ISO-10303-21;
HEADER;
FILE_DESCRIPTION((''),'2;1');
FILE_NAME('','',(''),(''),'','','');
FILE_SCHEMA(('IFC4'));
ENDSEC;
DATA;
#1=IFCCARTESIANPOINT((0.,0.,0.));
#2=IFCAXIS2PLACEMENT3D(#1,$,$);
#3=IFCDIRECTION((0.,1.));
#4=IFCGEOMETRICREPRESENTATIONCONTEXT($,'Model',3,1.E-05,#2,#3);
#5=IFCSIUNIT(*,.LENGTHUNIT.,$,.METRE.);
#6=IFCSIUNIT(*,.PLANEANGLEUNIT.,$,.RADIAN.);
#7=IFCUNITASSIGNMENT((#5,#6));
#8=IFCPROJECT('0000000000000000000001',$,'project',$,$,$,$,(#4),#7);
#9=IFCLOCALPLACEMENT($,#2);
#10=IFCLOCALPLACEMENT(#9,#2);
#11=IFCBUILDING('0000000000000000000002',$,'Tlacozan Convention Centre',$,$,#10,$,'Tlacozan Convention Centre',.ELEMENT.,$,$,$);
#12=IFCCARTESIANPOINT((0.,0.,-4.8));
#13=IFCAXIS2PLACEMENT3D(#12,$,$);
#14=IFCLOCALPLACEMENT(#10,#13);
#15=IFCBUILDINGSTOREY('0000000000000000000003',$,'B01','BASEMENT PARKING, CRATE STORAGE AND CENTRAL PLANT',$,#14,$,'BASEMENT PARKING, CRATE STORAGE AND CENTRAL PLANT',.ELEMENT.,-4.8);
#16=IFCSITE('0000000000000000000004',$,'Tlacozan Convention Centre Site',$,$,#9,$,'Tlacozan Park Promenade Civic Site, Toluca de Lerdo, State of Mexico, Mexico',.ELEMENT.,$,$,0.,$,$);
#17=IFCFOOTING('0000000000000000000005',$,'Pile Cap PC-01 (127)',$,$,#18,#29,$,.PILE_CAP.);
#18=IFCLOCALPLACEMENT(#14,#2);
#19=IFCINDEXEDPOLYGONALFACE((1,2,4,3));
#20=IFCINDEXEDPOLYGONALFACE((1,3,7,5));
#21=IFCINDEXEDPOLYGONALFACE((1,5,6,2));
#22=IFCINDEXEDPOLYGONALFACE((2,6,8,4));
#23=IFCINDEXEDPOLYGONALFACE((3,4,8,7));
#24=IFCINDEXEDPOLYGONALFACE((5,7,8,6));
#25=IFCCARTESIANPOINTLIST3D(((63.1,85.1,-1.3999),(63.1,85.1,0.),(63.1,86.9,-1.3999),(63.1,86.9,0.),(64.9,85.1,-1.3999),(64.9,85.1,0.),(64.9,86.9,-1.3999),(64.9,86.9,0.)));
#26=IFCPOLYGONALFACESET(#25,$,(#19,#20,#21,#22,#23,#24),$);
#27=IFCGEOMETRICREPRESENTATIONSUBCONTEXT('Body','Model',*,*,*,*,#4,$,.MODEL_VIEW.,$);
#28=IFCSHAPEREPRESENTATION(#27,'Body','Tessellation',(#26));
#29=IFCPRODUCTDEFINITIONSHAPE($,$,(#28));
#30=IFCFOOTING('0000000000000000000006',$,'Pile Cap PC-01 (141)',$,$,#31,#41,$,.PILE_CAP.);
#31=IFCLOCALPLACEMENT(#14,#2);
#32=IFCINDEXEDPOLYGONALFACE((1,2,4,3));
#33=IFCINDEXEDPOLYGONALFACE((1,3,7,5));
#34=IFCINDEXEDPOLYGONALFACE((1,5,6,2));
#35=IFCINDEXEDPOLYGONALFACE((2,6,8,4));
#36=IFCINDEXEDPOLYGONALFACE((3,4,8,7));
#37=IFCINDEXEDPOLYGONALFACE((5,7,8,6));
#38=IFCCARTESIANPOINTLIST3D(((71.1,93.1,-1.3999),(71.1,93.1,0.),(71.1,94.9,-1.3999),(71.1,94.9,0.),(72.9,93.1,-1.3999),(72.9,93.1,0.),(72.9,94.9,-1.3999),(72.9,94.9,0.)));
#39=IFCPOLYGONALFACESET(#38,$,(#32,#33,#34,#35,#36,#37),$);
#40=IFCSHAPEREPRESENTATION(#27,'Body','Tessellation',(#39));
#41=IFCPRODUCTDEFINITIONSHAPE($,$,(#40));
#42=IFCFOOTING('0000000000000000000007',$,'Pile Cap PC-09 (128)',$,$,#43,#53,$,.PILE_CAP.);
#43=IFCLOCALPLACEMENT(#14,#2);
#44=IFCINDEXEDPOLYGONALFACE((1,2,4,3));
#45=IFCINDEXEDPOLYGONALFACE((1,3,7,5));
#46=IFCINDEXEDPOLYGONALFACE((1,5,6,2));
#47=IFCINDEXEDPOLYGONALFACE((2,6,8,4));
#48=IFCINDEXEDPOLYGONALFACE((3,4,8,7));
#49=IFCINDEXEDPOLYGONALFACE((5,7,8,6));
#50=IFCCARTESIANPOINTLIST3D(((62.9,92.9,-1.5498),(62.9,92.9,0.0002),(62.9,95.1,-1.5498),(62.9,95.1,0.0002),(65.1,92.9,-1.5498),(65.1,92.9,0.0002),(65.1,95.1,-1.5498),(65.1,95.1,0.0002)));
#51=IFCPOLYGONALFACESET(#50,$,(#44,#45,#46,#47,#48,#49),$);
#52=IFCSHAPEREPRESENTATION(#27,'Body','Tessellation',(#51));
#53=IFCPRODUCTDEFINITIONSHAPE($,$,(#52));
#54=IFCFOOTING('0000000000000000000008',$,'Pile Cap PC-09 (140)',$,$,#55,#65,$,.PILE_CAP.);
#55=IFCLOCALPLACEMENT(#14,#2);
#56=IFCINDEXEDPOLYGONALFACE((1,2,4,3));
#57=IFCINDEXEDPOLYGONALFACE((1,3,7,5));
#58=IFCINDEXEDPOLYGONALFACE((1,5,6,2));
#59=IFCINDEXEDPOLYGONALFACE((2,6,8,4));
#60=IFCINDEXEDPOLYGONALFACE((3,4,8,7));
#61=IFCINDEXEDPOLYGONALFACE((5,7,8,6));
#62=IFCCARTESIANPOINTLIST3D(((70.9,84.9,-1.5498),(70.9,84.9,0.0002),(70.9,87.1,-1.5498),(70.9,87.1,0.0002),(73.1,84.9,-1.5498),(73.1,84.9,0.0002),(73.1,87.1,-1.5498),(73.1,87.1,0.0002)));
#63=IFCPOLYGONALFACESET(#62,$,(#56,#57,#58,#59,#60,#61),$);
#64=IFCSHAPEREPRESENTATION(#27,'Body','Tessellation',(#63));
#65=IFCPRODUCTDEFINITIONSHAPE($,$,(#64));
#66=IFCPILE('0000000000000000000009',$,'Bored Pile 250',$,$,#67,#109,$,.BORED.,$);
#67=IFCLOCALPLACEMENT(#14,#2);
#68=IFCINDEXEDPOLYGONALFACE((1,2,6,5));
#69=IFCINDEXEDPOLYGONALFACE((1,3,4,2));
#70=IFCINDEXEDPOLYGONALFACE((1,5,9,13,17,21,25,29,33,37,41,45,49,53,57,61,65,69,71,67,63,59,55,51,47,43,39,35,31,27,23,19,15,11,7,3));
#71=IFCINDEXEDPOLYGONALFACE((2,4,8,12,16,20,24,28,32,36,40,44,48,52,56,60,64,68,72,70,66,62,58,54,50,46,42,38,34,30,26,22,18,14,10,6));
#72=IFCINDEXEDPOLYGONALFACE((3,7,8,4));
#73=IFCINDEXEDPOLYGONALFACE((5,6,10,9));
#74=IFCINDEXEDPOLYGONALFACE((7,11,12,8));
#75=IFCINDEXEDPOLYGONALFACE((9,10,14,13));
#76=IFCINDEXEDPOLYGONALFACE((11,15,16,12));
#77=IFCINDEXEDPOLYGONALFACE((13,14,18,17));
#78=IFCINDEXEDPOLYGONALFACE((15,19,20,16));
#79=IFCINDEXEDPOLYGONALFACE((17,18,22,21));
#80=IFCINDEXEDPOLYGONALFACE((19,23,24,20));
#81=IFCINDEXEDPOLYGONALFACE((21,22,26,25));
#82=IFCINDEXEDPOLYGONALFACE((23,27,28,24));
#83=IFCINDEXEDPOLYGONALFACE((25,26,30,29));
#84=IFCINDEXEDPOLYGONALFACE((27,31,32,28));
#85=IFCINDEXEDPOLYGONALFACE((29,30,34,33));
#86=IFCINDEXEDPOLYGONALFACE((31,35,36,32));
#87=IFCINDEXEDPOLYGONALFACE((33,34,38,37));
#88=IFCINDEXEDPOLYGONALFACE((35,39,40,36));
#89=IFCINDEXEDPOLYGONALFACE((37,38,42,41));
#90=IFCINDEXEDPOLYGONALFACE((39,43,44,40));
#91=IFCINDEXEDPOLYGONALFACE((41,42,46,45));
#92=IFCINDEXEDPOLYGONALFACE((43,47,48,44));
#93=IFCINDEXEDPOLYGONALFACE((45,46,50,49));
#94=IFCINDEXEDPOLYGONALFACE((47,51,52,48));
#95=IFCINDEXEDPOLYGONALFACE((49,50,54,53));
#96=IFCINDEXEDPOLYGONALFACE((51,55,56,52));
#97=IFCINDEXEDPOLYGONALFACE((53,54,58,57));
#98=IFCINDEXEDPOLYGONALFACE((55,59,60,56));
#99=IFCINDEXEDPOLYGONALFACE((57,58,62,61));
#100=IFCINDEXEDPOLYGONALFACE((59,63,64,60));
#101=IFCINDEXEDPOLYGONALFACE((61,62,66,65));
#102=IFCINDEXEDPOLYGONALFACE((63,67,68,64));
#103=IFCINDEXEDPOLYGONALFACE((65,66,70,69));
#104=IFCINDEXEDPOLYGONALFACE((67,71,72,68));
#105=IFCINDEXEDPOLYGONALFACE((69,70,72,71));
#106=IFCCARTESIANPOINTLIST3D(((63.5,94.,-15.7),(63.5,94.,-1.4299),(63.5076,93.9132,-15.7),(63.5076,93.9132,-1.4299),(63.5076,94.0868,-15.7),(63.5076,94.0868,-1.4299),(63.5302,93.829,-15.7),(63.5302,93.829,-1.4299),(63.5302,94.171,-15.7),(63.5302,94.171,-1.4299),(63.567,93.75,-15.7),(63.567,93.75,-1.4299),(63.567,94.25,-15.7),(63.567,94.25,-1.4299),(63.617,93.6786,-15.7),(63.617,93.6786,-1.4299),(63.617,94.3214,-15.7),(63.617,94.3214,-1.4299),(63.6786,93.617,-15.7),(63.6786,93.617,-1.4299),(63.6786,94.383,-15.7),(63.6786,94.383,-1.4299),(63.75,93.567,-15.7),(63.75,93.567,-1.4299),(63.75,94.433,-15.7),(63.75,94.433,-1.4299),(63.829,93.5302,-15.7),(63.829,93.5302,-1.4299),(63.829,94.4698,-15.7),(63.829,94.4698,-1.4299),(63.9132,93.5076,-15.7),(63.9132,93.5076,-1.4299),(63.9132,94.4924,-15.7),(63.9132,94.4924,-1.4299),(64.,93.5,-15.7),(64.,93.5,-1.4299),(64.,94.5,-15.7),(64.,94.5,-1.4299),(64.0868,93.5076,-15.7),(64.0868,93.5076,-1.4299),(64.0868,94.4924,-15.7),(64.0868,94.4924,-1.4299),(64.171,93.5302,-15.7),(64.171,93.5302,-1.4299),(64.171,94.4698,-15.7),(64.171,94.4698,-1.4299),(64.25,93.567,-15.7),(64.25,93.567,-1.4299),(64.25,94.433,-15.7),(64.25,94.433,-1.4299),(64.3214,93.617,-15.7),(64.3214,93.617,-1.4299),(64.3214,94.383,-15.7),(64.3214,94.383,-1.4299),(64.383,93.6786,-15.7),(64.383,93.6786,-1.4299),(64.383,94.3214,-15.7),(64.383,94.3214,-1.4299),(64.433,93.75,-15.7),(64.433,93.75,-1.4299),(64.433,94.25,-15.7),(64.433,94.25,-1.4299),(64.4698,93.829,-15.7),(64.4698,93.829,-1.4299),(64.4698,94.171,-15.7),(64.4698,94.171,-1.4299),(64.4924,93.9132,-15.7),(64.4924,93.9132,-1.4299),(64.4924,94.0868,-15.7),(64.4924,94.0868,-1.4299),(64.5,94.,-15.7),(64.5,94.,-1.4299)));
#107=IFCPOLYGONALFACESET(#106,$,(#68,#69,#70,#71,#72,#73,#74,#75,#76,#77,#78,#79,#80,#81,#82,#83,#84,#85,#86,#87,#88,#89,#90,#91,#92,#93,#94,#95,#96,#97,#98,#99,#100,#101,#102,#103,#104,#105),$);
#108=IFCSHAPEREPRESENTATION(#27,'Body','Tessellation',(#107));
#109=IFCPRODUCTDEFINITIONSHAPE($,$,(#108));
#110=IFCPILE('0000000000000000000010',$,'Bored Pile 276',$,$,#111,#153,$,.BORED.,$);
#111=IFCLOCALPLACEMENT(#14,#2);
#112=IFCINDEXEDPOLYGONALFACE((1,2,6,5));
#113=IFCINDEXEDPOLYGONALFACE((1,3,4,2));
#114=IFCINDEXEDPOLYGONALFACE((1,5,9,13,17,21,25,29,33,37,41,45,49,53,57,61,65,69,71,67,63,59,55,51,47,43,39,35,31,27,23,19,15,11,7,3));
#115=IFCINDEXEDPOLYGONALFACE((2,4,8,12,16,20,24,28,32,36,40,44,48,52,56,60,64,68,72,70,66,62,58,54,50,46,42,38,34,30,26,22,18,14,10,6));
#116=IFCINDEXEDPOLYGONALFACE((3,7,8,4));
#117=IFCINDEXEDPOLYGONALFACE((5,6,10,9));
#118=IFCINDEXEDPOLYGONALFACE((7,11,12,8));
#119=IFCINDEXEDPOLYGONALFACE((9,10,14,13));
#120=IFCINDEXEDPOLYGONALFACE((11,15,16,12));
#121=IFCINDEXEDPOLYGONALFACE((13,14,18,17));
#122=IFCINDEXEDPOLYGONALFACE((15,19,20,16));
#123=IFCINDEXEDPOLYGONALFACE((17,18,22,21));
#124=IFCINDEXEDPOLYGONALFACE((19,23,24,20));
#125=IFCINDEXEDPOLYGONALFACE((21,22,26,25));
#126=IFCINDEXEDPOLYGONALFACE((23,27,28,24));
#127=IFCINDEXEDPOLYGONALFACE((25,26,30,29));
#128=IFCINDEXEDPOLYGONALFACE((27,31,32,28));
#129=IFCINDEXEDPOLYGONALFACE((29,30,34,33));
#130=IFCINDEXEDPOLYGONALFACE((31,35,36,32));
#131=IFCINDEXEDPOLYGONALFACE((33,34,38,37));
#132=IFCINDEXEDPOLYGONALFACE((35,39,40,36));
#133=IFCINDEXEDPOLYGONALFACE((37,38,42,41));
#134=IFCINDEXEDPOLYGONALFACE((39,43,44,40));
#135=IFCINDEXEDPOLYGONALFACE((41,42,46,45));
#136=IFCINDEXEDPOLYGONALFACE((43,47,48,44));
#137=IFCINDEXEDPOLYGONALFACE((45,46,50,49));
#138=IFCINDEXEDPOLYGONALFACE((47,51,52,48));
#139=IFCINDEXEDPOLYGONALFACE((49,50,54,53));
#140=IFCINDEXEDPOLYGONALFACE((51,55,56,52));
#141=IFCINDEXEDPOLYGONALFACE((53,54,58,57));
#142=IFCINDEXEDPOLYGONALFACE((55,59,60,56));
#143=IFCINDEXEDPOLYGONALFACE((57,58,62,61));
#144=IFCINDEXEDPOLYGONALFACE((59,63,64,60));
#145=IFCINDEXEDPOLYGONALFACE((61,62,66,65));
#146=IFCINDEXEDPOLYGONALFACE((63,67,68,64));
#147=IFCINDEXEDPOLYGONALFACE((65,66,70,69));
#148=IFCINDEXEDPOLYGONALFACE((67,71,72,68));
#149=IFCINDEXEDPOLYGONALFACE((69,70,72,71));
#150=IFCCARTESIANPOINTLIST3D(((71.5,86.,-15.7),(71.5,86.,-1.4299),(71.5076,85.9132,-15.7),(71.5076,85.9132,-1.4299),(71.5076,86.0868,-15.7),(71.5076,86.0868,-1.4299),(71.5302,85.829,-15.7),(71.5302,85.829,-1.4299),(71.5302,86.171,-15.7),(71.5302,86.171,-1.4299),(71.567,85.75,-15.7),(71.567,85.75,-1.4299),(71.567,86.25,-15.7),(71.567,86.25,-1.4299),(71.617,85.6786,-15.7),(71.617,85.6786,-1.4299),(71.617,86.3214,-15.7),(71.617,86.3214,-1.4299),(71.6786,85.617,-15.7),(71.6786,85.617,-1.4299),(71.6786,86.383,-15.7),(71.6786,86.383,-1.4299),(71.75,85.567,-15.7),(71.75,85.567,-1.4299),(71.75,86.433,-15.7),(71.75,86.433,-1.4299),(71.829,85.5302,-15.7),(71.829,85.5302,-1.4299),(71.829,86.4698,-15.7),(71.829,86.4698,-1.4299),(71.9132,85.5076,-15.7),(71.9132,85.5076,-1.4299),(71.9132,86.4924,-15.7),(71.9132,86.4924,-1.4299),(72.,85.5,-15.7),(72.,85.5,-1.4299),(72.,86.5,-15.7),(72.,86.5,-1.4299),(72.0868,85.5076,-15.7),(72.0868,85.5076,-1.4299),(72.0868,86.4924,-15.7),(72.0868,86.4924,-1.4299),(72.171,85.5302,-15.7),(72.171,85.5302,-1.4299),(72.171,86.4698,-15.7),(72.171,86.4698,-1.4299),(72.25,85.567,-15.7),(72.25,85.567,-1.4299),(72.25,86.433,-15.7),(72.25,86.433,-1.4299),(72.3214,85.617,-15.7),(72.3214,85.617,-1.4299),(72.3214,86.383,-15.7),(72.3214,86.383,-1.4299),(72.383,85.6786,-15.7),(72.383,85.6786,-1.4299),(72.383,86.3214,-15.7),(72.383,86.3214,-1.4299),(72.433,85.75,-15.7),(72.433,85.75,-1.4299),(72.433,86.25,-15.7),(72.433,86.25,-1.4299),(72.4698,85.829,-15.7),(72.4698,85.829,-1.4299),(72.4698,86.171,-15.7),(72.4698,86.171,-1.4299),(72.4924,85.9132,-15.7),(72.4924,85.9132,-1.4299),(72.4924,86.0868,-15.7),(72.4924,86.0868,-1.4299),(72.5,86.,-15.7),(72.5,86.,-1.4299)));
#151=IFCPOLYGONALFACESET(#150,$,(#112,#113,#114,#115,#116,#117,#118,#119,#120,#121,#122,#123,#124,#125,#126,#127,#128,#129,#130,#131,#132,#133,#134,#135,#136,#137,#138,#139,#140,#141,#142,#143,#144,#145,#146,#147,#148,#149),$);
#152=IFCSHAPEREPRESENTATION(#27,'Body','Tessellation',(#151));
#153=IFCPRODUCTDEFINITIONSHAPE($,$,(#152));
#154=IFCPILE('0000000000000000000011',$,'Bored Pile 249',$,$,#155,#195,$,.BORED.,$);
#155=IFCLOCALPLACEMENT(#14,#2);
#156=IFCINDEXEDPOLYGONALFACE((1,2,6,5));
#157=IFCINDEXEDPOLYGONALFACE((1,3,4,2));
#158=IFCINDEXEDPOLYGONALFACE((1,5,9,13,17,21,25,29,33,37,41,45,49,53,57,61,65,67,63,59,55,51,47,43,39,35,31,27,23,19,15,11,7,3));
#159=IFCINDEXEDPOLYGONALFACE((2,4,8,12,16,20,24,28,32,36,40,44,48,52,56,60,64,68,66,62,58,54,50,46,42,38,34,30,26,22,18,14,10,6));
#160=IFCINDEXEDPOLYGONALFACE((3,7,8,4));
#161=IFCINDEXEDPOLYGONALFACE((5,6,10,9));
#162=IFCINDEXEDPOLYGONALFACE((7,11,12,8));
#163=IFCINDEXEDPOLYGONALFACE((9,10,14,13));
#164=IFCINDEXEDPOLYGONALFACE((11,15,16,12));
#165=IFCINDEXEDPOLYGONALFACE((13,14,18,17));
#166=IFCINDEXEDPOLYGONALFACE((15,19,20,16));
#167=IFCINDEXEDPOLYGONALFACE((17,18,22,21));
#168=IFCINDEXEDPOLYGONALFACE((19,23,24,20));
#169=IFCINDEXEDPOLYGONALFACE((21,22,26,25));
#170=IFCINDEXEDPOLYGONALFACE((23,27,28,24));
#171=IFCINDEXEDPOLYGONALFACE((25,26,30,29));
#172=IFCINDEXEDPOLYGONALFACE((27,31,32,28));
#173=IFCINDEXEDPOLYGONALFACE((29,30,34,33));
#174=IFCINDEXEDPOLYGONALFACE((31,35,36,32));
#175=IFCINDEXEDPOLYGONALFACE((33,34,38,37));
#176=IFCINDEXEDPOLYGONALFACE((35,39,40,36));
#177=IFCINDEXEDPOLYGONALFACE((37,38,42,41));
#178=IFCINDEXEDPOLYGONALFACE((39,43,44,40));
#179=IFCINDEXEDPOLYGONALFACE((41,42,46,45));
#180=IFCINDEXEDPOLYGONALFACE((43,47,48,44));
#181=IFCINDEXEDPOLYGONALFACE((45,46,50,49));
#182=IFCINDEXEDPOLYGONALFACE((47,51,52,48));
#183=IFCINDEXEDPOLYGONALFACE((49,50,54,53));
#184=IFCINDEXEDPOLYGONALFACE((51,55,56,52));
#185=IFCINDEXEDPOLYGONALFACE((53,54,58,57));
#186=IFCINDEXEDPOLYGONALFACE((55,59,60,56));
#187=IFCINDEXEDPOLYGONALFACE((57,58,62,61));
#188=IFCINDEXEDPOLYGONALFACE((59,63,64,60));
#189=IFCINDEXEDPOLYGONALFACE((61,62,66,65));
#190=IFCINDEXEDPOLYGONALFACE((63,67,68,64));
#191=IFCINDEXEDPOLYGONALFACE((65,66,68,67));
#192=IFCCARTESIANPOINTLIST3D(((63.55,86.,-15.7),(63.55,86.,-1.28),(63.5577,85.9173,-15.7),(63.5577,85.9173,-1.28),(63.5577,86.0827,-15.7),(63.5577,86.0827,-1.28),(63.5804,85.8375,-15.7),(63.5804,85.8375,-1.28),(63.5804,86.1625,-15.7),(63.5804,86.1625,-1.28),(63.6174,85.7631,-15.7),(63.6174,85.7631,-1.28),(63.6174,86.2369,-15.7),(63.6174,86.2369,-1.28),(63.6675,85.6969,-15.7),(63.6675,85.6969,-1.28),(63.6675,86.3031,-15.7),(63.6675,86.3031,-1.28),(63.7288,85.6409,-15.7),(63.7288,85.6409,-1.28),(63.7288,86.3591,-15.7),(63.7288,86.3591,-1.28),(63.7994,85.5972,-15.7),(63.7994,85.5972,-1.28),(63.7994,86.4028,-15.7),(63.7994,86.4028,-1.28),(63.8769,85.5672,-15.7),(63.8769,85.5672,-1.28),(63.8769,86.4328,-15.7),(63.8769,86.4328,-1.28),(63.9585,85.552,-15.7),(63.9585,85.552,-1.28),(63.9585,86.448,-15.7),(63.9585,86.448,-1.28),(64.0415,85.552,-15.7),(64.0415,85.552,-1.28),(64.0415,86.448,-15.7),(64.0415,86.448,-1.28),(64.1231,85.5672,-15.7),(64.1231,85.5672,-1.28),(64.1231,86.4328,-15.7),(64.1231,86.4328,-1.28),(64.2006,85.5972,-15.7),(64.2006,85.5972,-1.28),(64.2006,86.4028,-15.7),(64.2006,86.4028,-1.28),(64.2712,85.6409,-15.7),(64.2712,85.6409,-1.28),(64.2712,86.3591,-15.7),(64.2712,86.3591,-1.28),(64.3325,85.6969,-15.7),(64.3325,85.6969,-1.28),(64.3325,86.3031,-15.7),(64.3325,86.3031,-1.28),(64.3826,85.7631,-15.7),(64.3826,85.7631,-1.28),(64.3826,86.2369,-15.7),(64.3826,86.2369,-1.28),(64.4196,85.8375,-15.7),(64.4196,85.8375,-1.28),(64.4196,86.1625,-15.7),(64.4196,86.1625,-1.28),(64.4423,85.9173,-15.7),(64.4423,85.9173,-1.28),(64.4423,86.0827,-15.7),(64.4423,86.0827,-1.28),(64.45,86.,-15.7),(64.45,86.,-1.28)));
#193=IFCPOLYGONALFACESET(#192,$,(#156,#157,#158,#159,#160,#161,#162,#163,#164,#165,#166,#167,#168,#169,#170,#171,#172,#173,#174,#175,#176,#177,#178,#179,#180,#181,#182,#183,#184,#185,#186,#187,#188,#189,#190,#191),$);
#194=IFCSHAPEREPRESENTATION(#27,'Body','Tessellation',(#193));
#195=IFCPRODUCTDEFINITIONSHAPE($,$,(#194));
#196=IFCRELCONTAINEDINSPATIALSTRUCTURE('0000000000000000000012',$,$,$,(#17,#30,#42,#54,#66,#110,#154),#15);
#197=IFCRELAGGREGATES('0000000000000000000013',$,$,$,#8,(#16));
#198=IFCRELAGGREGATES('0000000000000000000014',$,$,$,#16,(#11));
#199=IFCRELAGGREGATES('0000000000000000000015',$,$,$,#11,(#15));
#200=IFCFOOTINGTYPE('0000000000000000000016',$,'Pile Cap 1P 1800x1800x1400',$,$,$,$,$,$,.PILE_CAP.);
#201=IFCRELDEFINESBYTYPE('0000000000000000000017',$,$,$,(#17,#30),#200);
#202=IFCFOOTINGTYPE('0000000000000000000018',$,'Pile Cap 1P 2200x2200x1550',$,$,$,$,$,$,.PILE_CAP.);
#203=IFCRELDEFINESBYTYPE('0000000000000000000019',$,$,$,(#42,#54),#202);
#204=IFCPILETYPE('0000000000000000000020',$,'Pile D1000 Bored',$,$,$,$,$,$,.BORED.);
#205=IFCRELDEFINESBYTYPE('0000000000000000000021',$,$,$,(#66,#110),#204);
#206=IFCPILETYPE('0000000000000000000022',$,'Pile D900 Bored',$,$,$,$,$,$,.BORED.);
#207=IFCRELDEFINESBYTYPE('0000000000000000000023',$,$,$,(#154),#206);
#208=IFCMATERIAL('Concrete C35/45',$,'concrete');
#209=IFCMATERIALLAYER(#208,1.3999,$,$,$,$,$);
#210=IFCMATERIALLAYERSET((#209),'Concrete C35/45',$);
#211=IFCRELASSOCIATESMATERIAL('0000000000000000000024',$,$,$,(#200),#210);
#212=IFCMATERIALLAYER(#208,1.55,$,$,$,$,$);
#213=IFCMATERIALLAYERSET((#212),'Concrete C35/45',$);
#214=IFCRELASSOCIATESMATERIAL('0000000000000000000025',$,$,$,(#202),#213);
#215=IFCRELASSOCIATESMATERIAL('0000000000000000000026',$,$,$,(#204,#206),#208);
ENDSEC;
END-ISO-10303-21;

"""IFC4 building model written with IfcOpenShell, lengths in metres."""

from ifc_helpers import new_model, si_unit, direction, frame, origin, origin_2d, place, context, subcontext, project, spatial, rectangle, circle, extrude, material, layer, layer_set, material_profile, profile_set, type_object, element, save


model = new_model("IFC4")

# Units and contexts
model_context = context("Model", 3, precision=1e-05, world=origin(), true_north=direction((0.0, 1.0)))
body_context = subcontext(model_context, "Body", "Model", "MODEL_VIEW")
ifc_project = project(units=[si_unit("LENGTHUNIT", "METRE"), si_unit("PLANEANGLEUNIT", "RADIAN")], contexts=[model_context])

# Site, building, storey
site_placement = place(None, origin())
site = spatial("IfcSite", under=ifc_project, at=site_placement, Name="Tlacozan Convention Centre Site", LongName="Tlacozan Park Promenade Civic Site, Toluca de Lerdo, State of Mexico, Mexico", CompositionType="ELEMENT", RefElevation=0.0)
building_placement = place(site_placement, origin())
building = spatial("IfcBuilding", under=site, at=building_placement, Name="Tlacozan Convention Centre", LongName="Tlacozan Convention Centre", CompositionType="ELEMENT")
storey_placement = place(building_placement, frame((0.0, 0.0, -4.8)))
storey = spatial("IfcBuildingStorey", under=building, at=storey_placement, Name="B01", Description="BASEMENT PARKING, CRATE STORAGE AND CENTRAL PLANT", LongName="BASEMENT PARKING, CRATE STORAGE AND CENTRAL PLANT", CompositionType="ELEMENT", Elevation=-4.8)

# Footings
ifc_material_1 = material(Name="Concrete C35/45", Category="concrete")
ifc_layer_1 = layer(ifc_material_1, 1.3999)
ifc_layer_set_1 = layer_set([ifc_layer_1], Name="Concrete C35/45")
footing_type_1 = type_object("IfcFootingType", Name="Pile Cap 1P 1800x1800x1400", PredefinedType="PILE_CAP", material=ifc_layer_set_1)
for number, where, z_axis, x_axis, name in (
    (1, (64.0, 86.0, -1.3999), (0.0, 0.0, 1.0), (1.0, 0.0, 0.0), "Pile Cap PC-01 (127)"),
    (2, (72.0, 94.0, -1.3999), (0.0, 0.0, 1.0), (1.0, 0.0, 0.0), "Pile Cap PC-01 (141)"),
):
    element("IfcFooting", number, at=place(storey_placement, frame(where, z_axis=z_axis, x_axis=x_axis)), inside=storey, type_object=footing_type_1, Name=name, PredefinedType="PILE_CAP", context=body_context, shape_type="SweptSolid", body=[
        extrude(rectangle(XDim=1.8, YDim=1.8, at=origin_2d()), origin(), (0.0, 0.0, 1.0), 1.3999),
    ])
ifc_layer_2 = layer(ifc_material_1, 1.55)
ifc_layer_set_2 = layer_set([ifc_layer_2], Name="Concrete C35/45")
footing_type_2 = type_object("IfcFootingType", Name="Pile Cap 1P 2200x2200x1550", PredefinedType="PILE_CAP", material=ifc_layer_set_2)
for number, where, z_axis, x_axis, name in (
    (3, (64.0, 94.0, -1.5498), (0.0, 0.0, 1.0), (1.0, 0.0, 0.0), "Pile Cap PC-09 (128)"),
    (4, (72.0, 86.0, -1.5498), (0.0, 0.0, 1.0), (1.0, 0.0, 0.0), "Pile Cap PC-09 (140)"),
):
    element("IfcFooting", number, at=place(storey_placement, frame(where, z_axis=z_axis, x_axis=x_axis)), inside=storey, type_object=footing_type_2, Name=name, PredefinedType="PILE_CAP", context=body_context, shape_type="SweptSolid", body=[
        extrude(rectangle(XDim=2.2, YDim=2.2, at=origin_2d()), origin(), (0.0, 0.0, 1.0), 1.55),
    ])

# Piles
ifc_material_profile_1 = material_profile(ifc_material_1, circle(Radius=0.5, at=origin_2d()), Name="PILE D1000")
ifc_profile_set_1 = profile_set([ifc_material_profile_1], Name="Concrete C35/45")
pile_type_1 = type_object("IfcPileType", Name="Pile D1000 Bored", PredefinedType="BORED", material=ifc_profile_set_1)
for number, where, z_axis, x_axis, name in (
    (5, (64.0, 94.0, -1.4299), (0.0, 0.0, -1.0), (1.0, 0.0, 0.0), "Bored Pile 250"),
    (6, (72.0, 86.0, -1.4299), (0.0, 0.0, -1.0), (1.0, 0.0, 0.0), "Bored Pile 276"),
):
    element("IfcPile", number, at=place(storey_placement, frame(where, z_axis=z_axis, x_axis=x_axis)), inside=storey, type_object=pile_type_1, Name=name, PredefinedType="BORED", context=body_context, shape_type="SweptSolid", body=[
        extrude(circle(Radius=0.5, at=origin_2d()), origin(), (0.0, 0.0, 1.0), 14.27),
    ])
ifc_material_profile_2 = material_profile(ifc_material_1, circle(Radius=0.45, at=origin_2d()), Name="PILE D900")
ifc_profile_set_2 = profile_set([ifc_material_profile_2], Name="Concrete C35/45")
pile_type_2 = type_object("IfcPileType", Name="Pile D900 Bored", PredefinedType="BORED", material=ifc_profile_set_2)
for number, where, z_axis, x_axis, name in (
    (7, (64.0, 86.0, -1.28), (0.0, 0.0, -1.0), (1.0, 0.0, 0.0), "Bored Pile 249"),
):
    element("IfcPile", number, at=place(storey_placement, frame(where, z_axis=z_axis, x_axis=x_axis)), inside=storey, type_object=pile_type_2, Name=name, PredefinedType="BORED", context=body_context, shape_type="SweptSolid", body=[
        extrude(circle(Radius=0.45, at=origin_2d()), origin(), (0.0, 0.0, 1.0), 14.4199),
    ])

save(model, "model.ifc")
